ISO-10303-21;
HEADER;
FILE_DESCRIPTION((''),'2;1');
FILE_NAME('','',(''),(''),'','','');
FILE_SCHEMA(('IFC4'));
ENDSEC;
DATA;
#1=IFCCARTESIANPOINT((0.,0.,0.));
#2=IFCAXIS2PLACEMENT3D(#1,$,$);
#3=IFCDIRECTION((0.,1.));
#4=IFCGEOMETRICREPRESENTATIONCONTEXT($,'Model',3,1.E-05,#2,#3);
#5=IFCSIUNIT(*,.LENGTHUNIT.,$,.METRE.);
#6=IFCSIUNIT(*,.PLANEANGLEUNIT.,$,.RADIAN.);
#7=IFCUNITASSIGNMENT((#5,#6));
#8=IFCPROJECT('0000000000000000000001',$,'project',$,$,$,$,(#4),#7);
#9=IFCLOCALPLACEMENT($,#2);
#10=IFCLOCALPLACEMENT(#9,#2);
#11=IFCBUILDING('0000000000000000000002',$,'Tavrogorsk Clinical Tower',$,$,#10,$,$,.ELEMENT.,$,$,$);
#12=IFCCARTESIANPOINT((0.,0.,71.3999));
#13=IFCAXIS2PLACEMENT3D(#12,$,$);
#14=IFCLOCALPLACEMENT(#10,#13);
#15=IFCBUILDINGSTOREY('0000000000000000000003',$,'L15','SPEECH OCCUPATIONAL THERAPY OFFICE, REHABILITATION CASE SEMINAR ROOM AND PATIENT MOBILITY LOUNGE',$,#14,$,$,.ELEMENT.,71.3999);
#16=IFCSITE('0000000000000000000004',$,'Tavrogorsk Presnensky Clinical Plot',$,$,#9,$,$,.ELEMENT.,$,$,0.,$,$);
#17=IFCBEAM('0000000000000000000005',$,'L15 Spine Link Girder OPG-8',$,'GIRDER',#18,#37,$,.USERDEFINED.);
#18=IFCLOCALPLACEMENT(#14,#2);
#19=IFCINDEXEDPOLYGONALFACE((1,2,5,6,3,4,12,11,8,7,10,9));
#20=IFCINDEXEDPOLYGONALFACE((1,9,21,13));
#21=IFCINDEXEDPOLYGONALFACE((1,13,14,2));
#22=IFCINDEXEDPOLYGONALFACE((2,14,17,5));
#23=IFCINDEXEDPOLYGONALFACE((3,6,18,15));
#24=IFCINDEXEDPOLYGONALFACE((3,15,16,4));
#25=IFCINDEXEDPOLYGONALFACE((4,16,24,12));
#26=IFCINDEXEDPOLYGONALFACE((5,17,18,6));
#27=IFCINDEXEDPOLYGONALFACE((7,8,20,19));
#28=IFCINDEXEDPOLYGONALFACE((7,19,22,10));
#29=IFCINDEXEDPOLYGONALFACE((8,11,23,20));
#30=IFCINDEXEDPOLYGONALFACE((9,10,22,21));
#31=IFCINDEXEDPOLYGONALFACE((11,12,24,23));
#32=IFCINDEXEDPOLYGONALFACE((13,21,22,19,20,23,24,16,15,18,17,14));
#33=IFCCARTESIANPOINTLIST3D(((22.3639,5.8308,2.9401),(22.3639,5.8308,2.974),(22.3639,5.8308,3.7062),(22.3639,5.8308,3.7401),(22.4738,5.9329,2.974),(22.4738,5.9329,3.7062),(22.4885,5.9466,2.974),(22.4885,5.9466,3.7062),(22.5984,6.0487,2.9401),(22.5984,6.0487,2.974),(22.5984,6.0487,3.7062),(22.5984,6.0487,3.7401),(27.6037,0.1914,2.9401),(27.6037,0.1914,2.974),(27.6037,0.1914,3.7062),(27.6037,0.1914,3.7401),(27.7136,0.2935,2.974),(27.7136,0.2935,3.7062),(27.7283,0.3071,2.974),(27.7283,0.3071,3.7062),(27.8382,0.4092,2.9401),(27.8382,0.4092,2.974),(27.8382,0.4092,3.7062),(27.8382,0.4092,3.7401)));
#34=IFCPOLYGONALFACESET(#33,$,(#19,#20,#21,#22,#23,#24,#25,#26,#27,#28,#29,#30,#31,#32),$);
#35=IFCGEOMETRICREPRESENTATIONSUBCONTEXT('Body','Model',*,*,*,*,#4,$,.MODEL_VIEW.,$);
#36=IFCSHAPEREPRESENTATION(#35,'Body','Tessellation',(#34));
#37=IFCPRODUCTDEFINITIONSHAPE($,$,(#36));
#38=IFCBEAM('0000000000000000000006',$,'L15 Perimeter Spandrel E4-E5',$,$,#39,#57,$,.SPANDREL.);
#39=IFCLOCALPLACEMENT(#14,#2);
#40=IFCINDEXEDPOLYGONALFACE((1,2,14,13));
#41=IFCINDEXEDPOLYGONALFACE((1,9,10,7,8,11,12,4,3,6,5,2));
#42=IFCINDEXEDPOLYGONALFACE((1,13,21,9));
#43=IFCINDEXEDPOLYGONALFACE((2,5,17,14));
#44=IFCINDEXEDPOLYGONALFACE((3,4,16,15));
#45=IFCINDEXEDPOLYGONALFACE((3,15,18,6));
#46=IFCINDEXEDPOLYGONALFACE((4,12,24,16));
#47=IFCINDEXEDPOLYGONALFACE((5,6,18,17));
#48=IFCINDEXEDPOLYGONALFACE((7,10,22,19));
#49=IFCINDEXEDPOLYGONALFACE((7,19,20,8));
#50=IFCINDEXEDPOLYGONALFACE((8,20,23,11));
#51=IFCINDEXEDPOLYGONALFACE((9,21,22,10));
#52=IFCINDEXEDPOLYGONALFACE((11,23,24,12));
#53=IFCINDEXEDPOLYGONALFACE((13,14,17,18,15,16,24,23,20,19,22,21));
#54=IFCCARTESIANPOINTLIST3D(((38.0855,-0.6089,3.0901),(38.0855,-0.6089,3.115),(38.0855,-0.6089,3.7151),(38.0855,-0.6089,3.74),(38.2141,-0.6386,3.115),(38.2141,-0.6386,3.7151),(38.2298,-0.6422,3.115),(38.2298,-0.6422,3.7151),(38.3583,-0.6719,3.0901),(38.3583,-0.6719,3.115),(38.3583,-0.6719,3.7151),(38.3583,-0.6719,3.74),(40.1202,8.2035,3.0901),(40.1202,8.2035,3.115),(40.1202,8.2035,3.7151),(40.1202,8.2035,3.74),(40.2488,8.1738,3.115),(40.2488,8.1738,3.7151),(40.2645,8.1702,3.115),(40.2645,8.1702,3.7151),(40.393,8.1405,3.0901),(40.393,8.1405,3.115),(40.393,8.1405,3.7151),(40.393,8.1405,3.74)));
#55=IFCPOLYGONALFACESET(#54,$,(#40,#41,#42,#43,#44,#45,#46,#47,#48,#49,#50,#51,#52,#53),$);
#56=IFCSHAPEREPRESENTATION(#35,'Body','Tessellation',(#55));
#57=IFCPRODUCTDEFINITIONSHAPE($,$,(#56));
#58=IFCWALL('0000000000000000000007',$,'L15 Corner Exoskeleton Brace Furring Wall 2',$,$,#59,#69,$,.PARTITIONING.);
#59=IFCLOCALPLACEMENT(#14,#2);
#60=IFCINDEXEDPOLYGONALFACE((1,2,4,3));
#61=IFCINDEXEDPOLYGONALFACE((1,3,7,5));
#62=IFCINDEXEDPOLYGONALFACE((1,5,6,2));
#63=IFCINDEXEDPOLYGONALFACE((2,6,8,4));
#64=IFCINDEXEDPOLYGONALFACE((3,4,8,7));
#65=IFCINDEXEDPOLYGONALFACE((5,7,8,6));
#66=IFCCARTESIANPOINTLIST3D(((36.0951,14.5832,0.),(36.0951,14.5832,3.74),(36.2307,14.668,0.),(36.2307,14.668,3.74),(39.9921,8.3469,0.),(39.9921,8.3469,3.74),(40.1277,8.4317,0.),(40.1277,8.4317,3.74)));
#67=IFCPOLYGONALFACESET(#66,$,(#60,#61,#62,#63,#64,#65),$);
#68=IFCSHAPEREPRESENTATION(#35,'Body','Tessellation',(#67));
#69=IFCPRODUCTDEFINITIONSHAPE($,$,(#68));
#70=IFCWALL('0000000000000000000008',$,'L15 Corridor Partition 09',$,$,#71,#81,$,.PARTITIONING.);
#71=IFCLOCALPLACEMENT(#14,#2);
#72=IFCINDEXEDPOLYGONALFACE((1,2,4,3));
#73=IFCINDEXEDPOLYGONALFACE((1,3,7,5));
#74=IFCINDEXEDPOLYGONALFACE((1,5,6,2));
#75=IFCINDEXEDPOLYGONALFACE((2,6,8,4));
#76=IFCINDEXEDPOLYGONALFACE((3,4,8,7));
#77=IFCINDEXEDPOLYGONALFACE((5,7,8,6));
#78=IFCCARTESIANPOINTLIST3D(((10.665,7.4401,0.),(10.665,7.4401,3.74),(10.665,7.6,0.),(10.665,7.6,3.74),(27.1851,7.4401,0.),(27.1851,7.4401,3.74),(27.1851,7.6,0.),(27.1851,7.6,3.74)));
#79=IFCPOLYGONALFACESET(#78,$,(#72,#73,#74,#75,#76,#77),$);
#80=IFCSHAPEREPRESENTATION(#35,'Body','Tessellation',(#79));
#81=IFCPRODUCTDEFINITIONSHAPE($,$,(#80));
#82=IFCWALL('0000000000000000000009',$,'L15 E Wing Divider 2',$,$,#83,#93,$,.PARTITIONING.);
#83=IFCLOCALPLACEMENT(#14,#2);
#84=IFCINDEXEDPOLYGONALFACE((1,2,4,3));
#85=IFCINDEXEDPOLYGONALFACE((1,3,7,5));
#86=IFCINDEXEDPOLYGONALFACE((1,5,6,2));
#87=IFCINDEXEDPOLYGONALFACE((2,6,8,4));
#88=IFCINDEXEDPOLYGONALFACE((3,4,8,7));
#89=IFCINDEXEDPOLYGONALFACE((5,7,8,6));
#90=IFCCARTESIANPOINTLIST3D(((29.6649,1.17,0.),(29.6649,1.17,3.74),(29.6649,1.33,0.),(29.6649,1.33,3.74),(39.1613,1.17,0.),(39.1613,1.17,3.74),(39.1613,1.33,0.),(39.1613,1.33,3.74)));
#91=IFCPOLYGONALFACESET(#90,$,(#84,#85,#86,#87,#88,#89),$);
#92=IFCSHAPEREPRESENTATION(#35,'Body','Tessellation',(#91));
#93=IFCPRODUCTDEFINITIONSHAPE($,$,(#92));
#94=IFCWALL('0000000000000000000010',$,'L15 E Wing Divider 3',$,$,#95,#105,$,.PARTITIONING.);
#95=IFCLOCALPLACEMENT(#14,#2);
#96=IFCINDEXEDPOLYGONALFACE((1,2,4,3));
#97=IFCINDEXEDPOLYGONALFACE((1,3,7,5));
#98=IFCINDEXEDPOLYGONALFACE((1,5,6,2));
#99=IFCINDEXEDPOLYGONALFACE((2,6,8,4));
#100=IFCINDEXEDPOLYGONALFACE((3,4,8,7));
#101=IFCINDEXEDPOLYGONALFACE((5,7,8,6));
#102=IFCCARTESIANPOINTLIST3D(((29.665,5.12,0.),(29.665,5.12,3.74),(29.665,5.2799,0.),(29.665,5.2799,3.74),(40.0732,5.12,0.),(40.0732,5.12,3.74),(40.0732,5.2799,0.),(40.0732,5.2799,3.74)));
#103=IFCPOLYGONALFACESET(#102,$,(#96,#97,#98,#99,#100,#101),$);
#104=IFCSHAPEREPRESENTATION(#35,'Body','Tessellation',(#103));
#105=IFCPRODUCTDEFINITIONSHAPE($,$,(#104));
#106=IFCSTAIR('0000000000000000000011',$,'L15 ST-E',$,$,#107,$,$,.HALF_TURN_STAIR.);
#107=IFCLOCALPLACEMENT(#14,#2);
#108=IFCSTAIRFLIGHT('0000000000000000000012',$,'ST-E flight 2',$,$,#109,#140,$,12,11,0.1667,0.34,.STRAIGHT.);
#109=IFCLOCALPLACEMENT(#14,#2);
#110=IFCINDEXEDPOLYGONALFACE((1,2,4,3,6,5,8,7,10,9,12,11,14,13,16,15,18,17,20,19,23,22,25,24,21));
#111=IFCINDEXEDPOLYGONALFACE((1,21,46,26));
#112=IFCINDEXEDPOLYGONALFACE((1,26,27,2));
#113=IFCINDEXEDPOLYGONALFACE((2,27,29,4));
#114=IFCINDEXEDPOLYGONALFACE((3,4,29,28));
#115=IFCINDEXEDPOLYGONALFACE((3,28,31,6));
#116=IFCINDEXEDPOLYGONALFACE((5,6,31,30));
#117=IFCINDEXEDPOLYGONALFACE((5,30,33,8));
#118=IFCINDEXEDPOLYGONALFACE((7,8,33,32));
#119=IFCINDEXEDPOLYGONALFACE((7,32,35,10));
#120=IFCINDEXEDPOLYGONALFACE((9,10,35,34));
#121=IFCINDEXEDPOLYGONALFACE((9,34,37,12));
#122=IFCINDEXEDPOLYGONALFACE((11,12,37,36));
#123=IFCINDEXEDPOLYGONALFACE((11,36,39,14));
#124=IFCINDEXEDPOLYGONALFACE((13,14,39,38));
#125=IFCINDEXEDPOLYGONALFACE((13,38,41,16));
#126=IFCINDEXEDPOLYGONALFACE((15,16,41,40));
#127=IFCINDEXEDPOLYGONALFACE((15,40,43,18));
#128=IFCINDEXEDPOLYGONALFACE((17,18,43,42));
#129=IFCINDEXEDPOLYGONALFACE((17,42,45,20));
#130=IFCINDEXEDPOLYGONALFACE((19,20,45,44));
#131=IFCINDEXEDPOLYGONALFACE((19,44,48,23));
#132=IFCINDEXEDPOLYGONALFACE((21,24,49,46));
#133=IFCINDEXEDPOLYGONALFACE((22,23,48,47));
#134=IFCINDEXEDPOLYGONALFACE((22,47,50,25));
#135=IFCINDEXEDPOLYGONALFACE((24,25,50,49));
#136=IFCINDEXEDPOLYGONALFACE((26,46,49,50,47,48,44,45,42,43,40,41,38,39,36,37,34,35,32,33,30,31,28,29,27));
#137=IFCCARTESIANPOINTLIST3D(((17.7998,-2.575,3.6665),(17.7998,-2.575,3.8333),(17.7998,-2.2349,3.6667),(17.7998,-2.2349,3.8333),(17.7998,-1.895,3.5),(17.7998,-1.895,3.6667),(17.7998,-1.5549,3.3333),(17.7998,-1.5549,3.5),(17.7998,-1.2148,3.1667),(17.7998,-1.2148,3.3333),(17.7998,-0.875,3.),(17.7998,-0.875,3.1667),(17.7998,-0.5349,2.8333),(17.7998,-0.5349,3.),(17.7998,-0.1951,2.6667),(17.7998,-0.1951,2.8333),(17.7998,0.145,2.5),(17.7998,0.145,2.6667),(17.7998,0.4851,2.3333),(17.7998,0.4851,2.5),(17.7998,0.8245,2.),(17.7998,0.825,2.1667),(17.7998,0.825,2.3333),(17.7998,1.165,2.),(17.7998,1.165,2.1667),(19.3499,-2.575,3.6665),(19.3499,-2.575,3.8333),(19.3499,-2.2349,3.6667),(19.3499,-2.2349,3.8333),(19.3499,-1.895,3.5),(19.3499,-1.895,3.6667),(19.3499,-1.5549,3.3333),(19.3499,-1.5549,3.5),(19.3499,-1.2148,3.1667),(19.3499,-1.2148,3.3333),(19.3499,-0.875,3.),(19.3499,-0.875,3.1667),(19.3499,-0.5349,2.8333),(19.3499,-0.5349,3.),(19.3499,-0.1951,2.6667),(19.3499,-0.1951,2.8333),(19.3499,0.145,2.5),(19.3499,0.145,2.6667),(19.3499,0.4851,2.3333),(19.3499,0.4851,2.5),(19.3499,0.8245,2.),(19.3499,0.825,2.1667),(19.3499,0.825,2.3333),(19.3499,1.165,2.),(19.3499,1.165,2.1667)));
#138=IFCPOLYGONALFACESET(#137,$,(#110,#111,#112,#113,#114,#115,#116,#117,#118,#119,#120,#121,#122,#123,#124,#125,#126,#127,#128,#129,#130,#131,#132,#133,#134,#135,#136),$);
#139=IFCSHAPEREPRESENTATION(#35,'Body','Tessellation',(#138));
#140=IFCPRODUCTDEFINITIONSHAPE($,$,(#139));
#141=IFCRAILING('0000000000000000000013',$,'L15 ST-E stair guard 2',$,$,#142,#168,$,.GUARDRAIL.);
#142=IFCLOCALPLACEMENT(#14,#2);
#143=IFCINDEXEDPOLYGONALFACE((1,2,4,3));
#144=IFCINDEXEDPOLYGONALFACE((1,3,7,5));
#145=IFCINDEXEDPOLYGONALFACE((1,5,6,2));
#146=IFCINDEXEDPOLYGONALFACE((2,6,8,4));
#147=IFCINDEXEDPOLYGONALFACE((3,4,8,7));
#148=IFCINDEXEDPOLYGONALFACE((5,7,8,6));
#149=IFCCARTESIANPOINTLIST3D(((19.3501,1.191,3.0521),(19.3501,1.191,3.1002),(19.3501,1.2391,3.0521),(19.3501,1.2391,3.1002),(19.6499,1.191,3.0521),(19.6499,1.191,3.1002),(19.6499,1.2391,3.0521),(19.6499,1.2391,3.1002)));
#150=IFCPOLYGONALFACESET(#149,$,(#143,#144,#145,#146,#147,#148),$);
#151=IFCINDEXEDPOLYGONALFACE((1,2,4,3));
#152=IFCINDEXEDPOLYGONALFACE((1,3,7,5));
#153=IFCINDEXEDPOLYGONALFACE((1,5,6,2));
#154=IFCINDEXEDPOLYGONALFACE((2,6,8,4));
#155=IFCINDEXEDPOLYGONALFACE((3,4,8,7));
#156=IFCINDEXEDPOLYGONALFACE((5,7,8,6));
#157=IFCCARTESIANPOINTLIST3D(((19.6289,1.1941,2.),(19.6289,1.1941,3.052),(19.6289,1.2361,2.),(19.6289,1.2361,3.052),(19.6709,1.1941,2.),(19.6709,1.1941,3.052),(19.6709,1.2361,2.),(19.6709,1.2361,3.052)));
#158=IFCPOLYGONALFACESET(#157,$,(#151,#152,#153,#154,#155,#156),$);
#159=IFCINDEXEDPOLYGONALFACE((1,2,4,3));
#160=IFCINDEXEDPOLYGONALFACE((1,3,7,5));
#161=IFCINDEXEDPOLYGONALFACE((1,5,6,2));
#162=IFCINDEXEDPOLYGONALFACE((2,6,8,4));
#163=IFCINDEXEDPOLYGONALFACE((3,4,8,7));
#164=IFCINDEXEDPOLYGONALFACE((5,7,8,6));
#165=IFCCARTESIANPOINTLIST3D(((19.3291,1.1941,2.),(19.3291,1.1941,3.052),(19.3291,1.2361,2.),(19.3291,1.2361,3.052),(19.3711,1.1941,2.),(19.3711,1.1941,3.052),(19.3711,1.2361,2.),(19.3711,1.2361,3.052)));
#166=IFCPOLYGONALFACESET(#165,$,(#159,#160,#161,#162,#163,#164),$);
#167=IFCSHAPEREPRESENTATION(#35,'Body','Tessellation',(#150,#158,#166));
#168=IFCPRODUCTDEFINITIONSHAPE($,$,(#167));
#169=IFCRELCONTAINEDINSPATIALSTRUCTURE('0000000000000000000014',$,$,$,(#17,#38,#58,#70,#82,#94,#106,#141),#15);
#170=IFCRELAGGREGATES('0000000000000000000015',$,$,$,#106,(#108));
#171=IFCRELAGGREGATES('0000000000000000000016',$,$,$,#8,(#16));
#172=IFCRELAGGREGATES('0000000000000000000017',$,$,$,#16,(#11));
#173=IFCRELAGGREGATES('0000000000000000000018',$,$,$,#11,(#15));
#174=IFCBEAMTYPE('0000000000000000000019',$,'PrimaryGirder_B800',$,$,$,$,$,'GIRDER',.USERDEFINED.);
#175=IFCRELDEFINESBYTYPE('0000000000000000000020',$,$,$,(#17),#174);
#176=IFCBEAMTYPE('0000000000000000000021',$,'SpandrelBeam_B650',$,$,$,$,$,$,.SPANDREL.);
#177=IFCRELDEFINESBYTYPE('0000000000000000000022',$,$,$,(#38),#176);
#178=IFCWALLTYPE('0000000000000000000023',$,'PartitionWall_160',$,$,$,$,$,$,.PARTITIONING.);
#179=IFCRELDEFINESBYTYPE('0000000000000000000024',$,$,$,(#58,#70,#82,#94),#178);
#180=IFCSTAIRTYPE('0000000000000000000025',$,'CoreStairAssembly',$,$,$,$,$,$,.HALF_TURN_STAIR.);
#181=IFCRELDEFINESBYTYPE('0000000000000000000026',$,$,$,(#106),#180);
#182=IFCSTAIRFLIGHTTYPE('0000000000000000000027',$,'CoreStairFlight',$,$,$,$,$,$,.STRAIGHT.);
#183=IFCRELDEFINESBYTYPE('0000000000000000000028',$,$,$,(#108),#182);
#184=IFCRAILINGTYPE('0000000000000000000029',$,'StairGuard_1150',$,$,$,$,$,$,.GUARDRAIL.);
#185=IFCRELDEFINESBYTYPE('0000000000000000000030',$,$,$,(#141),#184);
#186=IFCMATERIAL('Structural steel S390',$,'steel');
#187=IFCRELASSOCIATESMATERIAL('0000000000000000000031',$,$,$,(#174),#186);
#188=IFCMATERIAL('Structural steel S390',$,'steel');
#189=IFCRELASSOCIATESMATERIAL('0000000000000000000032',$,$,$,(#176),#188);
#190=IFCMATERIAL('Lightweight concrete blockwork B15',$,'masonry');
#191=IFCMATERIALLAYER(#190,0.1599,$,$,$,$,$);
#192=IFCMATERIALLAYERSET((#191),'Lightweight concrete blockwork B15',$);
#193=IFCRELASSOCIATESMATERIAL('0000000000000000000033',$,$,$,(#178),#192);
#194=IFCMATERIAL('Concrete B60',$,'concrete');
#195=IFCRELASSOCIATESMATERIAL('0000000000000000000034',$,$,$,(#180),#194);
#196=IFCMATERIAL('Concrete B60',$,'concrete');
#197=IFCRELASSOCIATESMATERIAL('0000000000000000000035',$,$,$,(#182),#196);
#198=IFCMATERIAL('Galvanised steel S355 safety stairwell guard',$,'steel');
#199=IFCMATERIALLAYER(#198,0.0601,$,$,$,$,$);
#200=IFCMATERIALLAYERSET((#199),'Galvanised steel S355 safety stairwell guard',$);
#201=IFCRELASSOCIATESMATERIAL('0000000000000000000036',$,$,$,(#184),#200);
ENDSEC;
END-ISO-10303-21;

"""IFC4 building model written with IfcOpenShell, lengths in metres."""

from ifc_helpers import new_model, si_unit, direction, frame, frame_2d, origin, origin_2d, place, context, subcontext, project, spatial, polyline, rectangle, i_section, outline, extrude, material, layer, layer_set, material_profile, profile_set, type_object, element, aggregate, save


model = new_model("IFC4")

# Units and contexts
model_context = context("Model", 3, precision=1e-05, world=origin(), true_north=direction((0.0, 1.0)))
body_context = subcontext(model_context, "Body", "Model", "MODEL_VIEW")
ifc_project = project(units=[si_unit("LENGTHUNIT", "METRE"), si_unit("PLANEANGLEUNIT", "RADIAN")], contexts=[model_context])

# Site, building, storey
site_placement = place(None, origin())
site = spatial("IfcSite", under=ifc_project, at=site_placement, Name="Tavrogorsk Presnensky Clinical Plot", CompositionType="ELEMENT", RefElevation=0.0)
building_placement = place(site_placement, origin())
building = spatial("IfcBuilding", under=site, at=building_placement, Name="Tavrogorsk Clinical Tower", CompositionType="ELEMENT")
storey_placement = place(building_placement, frame((0.0, 0.0, 71.3999)))
storey = spatial("IfcBuildingStorey", under=building, at=storey_placement, Name="L15", Description="SPEECH OCCUPATIONAL THERAPY OFFICE, REHABILITATION CASE SEMINAR ROOM AND PATIENT MOBILITY LOUNGE", CompositionType="ELEMENT", Elevation=71.3999)

# Beams
ifc_material_1 = material(Name="Structural steel S390", Category="steel")
ifc_material_profile_1 = material_profile(ifc_material_1, i_section(OverallWidth=0.3201, OverallDepth=0.8, WebThickness=0.02, FlangeThickness=0.0339, at=origin_2d()), Name="B-800x320x20x34")
ifc_profile_set_1 = profile_set([ifc_material_profile_1], Name="Structural steel S390")
beam_type_1 = type_object("IfcBeamType", Name="PrimaryGirder_B800", ElementType="GIRDER", PredefinedType="USERDEFINED", material=ifc_profile_set_1)
for number, where, z_axis, x_axis, name in (
    (1, (27.7209, 0.3003, 3.3401), (-0.680671, 0.732589, 0.0), (-0.732589, -0.680671, 0.0), "L15 Spine Link Girder OPG-8"),
):
    element("IfcBeam", number, at=place(storey_placement, frame(where, z_axis=z_axis, x_axis=x_axis)), inside=storey, type_object=beam_type_1, Name=name, ObjectType="GIRDER", PredefinedType="USERDEFINED", context=body_context, shape_type="SweptSolid", body=[
        extrude(i_section(OverallWidth=0.3201, OverallDepth=0.8, WebThickness=0.02, FlangeThickness=0.0339, at=origin_2d()), origin(), (0.0, 0.0, 1.0), 7.698),
    ])
ifc_material_2 = material(Name="Structural steel S390", Category="steel")
ifc_material_profile_2 = material_profile(ifc_material_2, i_section(OverallWidth=0.28, OverallDepth=0.6499, WebThickness=0.0161, FlangeThickness=0.0249, at=origin_2d()), Name="B-650x280x16x25")
ifc_profile_set_2 = profile_set([ifc_material_profile_2], Name="Structural steel S390")
beam_type_2 = type_object("IfcBeamType", Name="SpandrelBeam_B650", PredefinedType="SPANDREL", material=ifc_profile_set_2)
beam_1_placement = place(storey_placement, frame((38.2219, -0.6404, 3.415), z_axis=(0.224972, 0.974365, 0.0), x_axis=(-0.974365, 0.224972, 0.0)))
element("IfcBeam", 2, at=beam_1_placement, inside=storey, type_object=beam_type_2, Name="L15 Perimeter Spandrel E4-E5", PredefinedType="SPANDREL", context=body_context, shape_type="SweptSolid", body=[
    extrude(i_section(OverallWidth=0.28, OverallDepth=0.6499, WebThickness=0.0161, FlangeThickness=0.0249, at=origin_2d()), origin(), (0.0, 0.0, 1.0), 9.0442),
])

# Walls
ifc_material_3 = material(Name="Lightweight concrete blockwork B15", Category="masonry")
ifc_layer_1 = layer(ifc_material_3, 0.1599)
ifc_layer_set_1 = layer_set([ifc_layer_1], Name="Lightweight concrete blockwork B15")
wall_type = type_object("IfcWallType", Name="PartitionWall_160", PredefinedType="PARTITIONING", material=ifc_layer_set_1)
wall_1_placement = place(storey_placement, frame((40.0598, 8.3894, 0.0), z_axis=(0.0, 0.0, 1.0), x_axis=(-0.529927, 0.848043, 0.0)))
element("IfcWall", 3, at=wall_1_placement, inside=storey, type_object=wall_type, Name="L15 Corner Exoskeleton Brace Furring Wall 2", PredefinedType="PARTITIONING", context=body_context, shape_type="SweptSolid", body=[
    extrude(rectangle(XDim=7.3538, YDim=0.1599, at=frame_2d((3.6768, 0.0))), origin(), (0.0, 0.0, 1.0), 3.74),
])
wall_2_placement = place(storey_placement, frame((27.1851, 7.52, 0.0), z_axis=(0.0, 0.0, 1.0), x_axis=(-1.0, 0.0, 0.0)))
element("IfcWall", 4, at=wall_2_placement, inside=storey, type_object=wall_type, Name="L15 Corridor Partition 09", PredefinedType="PARTITIONING", context=body_context, shape_type="SweptSolid", body=[
    extrude(rectangle(XDim=16.52, YDim=0.1599, at=frame_2d((8.26, 0.0))), origin(), (0.0, 0.0, 1.0), 3.74),
])
wall_3_placement = place(storey_placement, frame((29.665, 1.25, 0.0), z_axis=(0.0, 0.0, 1.0), x_axis=(1.0, 0.0, 0.0)))
element("IfcWall", 5, at=wall_3_placement, inside=storey, type_object=wall_type, Name="L15 E Wing Divider 2", PredefinedType="PARTITIONING", context=body_context, shape_type="SweptSolid", body=[
    extrude(rectangle(XDim=9.4963, YDim=0.1599, at=frame_2d((4.748, 0.0))), origin(), (0.0, 0.0, 1.0), 3.74),
])
wall_4_placement = place(storey_placement, frame((29.665, 5.2, 0.0), z_axis=(0.0, 0.0, 1.0), x_axis=(1.0, 0.0, 0.0)))
element("IfcWall", 6, at=wall_4_placement, inside=storey, type_object=wall_type, Name="L15 E Wing Divider 3", PredefinedType="PARTITIONING", context=body_context, shape_type="SweptSolid", body=[
    extrude(rectangle(XDim=10.4082, YDim=0.1599, at=frame_2d((5.2041, 0.0))), origin(), (0.0, 0.0, 1.0), 3.74),
])

# Stair, stair flight
ifc_material_4 = material(Name="Concrete B60", Category="concrete")
stair_type = type_object("IfcStairType", Name="CoreStairAssembly", PredefinedType="HALF_TURN_STAIR", material=ifc_material_4)
stair_placement = place(storey_placement, origin())
stair = element("IfcStair", 7, at=stair_placement, inside=storey, type_object=stair_type, Name="L15 ST-E", PredefinedType="HALF_TURN_STAIR")
ifc_material_5 = material(Name="Concrete B60", Category="concrete")
stair_flight_type = type_object("IfcStairFlightType", Name="CoreStairFlight", PredefinedType="STRAIGHT", material=ifc_material_5)
stair_flight_placement = place(storey_placement, frame((18.575, 1.165, 2.0), z_axis=(0.0, 0.0, 1.0), x_axis=(0.0, -1.0, 0.0)))
stair_flight = element("IfcStairFlight", 8, at=stair_flight_placement, type_object=stair_flight_type, Name="ST-E flight 2", NumberOfRisers=12, NumberOfTreads=11, PredefinedType="STRAIGHT", RiserHeight=0.1667, TreadLength=0.34, context=body_context, shape_type="SweptSolid", body=[
    extrude(outline(polyline([(0.0, 0.0), (0.0, 0.1667), (0.3401, 0.1667), (0.3401, 0.3333), (0.6799, 0.3333), (0.6799, 0.5), (1.02, 0.5), (1.02, 0.6667), (1.3601, 0.6667), (1.3601, 0.8333), (1.7, 0.8333), (1.7, 1.0), (2.04, 1.0), (2.04, 1.1667), (2.3799, 1.1667), (2.3799, 1.3333), (2.72, 1.3333), (2.72, 1.5), (3.0601, 1.5), (3.0601, 1.6667), (3.3999, 1.6667), (3.3999, 1.8333), (3.74, 1.8333), (3.74, 2.0), (3.74, 1.6665), (0.3406, 0.0), (0.0, 0.0)])), frame((0.0, 0.7749, 0.0), z_axis=(0.0, -1.0, 0.0), x_axis=(1.0, 0.0, 0.0)), (0.0, 0.0, 1.0), 1.55),
])
aggregate(stair, [stair_flight])

# Railing
ifc_material_6 = material(Name="Galvanised steel S355 safety stairwell guard", Category="steel")
ifc_layer_2 = layer(ifc_material_6, 0.0601)
ifc_layer_set_2 = layer_set([ifc_layer_2], Name="Galvanised steel S355 safety stairwell guard")
railing_type_1 = type_object("IfcRailingType", Name="StairGuard_1150", PredefinedType="GUARDRAIL", material=ifc_layer_set_2)
railing_1_placement = place(storey_placement, frame((19.6499, 1.2151, 2.0)))
element("IfcRailing", 9, at=railing_1_placement, inside=storey, type_object=railing_type_1, Name="L15 ST-E stair guard 2", PredefinedType="GUARDRAIL", context=body_context, shape_type="SweptSolid", body=[
    extrude(rectangle(XDim=0.0481, YDim=0.0481, at=origin_2d()), frame((0.0, 0.0, 1.0762), z_axis=(-1.0, 0.0, 0.0), x_axis=(0.0, -1.0, 0.0)), (0.0, 0.0, 1.0), 0.2998),
    extrude(rectangle(XDim=0.042, YDim=0.042, at=origin_2d()), origin(), (0.0, 0.0, 1.0), 1.052),
    extrude(rectangle(XDim=0.042, YDim=0.042, at=origin_2d()), frame((-0.2998, 0.0, 0.0)), (0.0, 0.0, 1.0), 1.052),
])

save(model, "model.ifc")
